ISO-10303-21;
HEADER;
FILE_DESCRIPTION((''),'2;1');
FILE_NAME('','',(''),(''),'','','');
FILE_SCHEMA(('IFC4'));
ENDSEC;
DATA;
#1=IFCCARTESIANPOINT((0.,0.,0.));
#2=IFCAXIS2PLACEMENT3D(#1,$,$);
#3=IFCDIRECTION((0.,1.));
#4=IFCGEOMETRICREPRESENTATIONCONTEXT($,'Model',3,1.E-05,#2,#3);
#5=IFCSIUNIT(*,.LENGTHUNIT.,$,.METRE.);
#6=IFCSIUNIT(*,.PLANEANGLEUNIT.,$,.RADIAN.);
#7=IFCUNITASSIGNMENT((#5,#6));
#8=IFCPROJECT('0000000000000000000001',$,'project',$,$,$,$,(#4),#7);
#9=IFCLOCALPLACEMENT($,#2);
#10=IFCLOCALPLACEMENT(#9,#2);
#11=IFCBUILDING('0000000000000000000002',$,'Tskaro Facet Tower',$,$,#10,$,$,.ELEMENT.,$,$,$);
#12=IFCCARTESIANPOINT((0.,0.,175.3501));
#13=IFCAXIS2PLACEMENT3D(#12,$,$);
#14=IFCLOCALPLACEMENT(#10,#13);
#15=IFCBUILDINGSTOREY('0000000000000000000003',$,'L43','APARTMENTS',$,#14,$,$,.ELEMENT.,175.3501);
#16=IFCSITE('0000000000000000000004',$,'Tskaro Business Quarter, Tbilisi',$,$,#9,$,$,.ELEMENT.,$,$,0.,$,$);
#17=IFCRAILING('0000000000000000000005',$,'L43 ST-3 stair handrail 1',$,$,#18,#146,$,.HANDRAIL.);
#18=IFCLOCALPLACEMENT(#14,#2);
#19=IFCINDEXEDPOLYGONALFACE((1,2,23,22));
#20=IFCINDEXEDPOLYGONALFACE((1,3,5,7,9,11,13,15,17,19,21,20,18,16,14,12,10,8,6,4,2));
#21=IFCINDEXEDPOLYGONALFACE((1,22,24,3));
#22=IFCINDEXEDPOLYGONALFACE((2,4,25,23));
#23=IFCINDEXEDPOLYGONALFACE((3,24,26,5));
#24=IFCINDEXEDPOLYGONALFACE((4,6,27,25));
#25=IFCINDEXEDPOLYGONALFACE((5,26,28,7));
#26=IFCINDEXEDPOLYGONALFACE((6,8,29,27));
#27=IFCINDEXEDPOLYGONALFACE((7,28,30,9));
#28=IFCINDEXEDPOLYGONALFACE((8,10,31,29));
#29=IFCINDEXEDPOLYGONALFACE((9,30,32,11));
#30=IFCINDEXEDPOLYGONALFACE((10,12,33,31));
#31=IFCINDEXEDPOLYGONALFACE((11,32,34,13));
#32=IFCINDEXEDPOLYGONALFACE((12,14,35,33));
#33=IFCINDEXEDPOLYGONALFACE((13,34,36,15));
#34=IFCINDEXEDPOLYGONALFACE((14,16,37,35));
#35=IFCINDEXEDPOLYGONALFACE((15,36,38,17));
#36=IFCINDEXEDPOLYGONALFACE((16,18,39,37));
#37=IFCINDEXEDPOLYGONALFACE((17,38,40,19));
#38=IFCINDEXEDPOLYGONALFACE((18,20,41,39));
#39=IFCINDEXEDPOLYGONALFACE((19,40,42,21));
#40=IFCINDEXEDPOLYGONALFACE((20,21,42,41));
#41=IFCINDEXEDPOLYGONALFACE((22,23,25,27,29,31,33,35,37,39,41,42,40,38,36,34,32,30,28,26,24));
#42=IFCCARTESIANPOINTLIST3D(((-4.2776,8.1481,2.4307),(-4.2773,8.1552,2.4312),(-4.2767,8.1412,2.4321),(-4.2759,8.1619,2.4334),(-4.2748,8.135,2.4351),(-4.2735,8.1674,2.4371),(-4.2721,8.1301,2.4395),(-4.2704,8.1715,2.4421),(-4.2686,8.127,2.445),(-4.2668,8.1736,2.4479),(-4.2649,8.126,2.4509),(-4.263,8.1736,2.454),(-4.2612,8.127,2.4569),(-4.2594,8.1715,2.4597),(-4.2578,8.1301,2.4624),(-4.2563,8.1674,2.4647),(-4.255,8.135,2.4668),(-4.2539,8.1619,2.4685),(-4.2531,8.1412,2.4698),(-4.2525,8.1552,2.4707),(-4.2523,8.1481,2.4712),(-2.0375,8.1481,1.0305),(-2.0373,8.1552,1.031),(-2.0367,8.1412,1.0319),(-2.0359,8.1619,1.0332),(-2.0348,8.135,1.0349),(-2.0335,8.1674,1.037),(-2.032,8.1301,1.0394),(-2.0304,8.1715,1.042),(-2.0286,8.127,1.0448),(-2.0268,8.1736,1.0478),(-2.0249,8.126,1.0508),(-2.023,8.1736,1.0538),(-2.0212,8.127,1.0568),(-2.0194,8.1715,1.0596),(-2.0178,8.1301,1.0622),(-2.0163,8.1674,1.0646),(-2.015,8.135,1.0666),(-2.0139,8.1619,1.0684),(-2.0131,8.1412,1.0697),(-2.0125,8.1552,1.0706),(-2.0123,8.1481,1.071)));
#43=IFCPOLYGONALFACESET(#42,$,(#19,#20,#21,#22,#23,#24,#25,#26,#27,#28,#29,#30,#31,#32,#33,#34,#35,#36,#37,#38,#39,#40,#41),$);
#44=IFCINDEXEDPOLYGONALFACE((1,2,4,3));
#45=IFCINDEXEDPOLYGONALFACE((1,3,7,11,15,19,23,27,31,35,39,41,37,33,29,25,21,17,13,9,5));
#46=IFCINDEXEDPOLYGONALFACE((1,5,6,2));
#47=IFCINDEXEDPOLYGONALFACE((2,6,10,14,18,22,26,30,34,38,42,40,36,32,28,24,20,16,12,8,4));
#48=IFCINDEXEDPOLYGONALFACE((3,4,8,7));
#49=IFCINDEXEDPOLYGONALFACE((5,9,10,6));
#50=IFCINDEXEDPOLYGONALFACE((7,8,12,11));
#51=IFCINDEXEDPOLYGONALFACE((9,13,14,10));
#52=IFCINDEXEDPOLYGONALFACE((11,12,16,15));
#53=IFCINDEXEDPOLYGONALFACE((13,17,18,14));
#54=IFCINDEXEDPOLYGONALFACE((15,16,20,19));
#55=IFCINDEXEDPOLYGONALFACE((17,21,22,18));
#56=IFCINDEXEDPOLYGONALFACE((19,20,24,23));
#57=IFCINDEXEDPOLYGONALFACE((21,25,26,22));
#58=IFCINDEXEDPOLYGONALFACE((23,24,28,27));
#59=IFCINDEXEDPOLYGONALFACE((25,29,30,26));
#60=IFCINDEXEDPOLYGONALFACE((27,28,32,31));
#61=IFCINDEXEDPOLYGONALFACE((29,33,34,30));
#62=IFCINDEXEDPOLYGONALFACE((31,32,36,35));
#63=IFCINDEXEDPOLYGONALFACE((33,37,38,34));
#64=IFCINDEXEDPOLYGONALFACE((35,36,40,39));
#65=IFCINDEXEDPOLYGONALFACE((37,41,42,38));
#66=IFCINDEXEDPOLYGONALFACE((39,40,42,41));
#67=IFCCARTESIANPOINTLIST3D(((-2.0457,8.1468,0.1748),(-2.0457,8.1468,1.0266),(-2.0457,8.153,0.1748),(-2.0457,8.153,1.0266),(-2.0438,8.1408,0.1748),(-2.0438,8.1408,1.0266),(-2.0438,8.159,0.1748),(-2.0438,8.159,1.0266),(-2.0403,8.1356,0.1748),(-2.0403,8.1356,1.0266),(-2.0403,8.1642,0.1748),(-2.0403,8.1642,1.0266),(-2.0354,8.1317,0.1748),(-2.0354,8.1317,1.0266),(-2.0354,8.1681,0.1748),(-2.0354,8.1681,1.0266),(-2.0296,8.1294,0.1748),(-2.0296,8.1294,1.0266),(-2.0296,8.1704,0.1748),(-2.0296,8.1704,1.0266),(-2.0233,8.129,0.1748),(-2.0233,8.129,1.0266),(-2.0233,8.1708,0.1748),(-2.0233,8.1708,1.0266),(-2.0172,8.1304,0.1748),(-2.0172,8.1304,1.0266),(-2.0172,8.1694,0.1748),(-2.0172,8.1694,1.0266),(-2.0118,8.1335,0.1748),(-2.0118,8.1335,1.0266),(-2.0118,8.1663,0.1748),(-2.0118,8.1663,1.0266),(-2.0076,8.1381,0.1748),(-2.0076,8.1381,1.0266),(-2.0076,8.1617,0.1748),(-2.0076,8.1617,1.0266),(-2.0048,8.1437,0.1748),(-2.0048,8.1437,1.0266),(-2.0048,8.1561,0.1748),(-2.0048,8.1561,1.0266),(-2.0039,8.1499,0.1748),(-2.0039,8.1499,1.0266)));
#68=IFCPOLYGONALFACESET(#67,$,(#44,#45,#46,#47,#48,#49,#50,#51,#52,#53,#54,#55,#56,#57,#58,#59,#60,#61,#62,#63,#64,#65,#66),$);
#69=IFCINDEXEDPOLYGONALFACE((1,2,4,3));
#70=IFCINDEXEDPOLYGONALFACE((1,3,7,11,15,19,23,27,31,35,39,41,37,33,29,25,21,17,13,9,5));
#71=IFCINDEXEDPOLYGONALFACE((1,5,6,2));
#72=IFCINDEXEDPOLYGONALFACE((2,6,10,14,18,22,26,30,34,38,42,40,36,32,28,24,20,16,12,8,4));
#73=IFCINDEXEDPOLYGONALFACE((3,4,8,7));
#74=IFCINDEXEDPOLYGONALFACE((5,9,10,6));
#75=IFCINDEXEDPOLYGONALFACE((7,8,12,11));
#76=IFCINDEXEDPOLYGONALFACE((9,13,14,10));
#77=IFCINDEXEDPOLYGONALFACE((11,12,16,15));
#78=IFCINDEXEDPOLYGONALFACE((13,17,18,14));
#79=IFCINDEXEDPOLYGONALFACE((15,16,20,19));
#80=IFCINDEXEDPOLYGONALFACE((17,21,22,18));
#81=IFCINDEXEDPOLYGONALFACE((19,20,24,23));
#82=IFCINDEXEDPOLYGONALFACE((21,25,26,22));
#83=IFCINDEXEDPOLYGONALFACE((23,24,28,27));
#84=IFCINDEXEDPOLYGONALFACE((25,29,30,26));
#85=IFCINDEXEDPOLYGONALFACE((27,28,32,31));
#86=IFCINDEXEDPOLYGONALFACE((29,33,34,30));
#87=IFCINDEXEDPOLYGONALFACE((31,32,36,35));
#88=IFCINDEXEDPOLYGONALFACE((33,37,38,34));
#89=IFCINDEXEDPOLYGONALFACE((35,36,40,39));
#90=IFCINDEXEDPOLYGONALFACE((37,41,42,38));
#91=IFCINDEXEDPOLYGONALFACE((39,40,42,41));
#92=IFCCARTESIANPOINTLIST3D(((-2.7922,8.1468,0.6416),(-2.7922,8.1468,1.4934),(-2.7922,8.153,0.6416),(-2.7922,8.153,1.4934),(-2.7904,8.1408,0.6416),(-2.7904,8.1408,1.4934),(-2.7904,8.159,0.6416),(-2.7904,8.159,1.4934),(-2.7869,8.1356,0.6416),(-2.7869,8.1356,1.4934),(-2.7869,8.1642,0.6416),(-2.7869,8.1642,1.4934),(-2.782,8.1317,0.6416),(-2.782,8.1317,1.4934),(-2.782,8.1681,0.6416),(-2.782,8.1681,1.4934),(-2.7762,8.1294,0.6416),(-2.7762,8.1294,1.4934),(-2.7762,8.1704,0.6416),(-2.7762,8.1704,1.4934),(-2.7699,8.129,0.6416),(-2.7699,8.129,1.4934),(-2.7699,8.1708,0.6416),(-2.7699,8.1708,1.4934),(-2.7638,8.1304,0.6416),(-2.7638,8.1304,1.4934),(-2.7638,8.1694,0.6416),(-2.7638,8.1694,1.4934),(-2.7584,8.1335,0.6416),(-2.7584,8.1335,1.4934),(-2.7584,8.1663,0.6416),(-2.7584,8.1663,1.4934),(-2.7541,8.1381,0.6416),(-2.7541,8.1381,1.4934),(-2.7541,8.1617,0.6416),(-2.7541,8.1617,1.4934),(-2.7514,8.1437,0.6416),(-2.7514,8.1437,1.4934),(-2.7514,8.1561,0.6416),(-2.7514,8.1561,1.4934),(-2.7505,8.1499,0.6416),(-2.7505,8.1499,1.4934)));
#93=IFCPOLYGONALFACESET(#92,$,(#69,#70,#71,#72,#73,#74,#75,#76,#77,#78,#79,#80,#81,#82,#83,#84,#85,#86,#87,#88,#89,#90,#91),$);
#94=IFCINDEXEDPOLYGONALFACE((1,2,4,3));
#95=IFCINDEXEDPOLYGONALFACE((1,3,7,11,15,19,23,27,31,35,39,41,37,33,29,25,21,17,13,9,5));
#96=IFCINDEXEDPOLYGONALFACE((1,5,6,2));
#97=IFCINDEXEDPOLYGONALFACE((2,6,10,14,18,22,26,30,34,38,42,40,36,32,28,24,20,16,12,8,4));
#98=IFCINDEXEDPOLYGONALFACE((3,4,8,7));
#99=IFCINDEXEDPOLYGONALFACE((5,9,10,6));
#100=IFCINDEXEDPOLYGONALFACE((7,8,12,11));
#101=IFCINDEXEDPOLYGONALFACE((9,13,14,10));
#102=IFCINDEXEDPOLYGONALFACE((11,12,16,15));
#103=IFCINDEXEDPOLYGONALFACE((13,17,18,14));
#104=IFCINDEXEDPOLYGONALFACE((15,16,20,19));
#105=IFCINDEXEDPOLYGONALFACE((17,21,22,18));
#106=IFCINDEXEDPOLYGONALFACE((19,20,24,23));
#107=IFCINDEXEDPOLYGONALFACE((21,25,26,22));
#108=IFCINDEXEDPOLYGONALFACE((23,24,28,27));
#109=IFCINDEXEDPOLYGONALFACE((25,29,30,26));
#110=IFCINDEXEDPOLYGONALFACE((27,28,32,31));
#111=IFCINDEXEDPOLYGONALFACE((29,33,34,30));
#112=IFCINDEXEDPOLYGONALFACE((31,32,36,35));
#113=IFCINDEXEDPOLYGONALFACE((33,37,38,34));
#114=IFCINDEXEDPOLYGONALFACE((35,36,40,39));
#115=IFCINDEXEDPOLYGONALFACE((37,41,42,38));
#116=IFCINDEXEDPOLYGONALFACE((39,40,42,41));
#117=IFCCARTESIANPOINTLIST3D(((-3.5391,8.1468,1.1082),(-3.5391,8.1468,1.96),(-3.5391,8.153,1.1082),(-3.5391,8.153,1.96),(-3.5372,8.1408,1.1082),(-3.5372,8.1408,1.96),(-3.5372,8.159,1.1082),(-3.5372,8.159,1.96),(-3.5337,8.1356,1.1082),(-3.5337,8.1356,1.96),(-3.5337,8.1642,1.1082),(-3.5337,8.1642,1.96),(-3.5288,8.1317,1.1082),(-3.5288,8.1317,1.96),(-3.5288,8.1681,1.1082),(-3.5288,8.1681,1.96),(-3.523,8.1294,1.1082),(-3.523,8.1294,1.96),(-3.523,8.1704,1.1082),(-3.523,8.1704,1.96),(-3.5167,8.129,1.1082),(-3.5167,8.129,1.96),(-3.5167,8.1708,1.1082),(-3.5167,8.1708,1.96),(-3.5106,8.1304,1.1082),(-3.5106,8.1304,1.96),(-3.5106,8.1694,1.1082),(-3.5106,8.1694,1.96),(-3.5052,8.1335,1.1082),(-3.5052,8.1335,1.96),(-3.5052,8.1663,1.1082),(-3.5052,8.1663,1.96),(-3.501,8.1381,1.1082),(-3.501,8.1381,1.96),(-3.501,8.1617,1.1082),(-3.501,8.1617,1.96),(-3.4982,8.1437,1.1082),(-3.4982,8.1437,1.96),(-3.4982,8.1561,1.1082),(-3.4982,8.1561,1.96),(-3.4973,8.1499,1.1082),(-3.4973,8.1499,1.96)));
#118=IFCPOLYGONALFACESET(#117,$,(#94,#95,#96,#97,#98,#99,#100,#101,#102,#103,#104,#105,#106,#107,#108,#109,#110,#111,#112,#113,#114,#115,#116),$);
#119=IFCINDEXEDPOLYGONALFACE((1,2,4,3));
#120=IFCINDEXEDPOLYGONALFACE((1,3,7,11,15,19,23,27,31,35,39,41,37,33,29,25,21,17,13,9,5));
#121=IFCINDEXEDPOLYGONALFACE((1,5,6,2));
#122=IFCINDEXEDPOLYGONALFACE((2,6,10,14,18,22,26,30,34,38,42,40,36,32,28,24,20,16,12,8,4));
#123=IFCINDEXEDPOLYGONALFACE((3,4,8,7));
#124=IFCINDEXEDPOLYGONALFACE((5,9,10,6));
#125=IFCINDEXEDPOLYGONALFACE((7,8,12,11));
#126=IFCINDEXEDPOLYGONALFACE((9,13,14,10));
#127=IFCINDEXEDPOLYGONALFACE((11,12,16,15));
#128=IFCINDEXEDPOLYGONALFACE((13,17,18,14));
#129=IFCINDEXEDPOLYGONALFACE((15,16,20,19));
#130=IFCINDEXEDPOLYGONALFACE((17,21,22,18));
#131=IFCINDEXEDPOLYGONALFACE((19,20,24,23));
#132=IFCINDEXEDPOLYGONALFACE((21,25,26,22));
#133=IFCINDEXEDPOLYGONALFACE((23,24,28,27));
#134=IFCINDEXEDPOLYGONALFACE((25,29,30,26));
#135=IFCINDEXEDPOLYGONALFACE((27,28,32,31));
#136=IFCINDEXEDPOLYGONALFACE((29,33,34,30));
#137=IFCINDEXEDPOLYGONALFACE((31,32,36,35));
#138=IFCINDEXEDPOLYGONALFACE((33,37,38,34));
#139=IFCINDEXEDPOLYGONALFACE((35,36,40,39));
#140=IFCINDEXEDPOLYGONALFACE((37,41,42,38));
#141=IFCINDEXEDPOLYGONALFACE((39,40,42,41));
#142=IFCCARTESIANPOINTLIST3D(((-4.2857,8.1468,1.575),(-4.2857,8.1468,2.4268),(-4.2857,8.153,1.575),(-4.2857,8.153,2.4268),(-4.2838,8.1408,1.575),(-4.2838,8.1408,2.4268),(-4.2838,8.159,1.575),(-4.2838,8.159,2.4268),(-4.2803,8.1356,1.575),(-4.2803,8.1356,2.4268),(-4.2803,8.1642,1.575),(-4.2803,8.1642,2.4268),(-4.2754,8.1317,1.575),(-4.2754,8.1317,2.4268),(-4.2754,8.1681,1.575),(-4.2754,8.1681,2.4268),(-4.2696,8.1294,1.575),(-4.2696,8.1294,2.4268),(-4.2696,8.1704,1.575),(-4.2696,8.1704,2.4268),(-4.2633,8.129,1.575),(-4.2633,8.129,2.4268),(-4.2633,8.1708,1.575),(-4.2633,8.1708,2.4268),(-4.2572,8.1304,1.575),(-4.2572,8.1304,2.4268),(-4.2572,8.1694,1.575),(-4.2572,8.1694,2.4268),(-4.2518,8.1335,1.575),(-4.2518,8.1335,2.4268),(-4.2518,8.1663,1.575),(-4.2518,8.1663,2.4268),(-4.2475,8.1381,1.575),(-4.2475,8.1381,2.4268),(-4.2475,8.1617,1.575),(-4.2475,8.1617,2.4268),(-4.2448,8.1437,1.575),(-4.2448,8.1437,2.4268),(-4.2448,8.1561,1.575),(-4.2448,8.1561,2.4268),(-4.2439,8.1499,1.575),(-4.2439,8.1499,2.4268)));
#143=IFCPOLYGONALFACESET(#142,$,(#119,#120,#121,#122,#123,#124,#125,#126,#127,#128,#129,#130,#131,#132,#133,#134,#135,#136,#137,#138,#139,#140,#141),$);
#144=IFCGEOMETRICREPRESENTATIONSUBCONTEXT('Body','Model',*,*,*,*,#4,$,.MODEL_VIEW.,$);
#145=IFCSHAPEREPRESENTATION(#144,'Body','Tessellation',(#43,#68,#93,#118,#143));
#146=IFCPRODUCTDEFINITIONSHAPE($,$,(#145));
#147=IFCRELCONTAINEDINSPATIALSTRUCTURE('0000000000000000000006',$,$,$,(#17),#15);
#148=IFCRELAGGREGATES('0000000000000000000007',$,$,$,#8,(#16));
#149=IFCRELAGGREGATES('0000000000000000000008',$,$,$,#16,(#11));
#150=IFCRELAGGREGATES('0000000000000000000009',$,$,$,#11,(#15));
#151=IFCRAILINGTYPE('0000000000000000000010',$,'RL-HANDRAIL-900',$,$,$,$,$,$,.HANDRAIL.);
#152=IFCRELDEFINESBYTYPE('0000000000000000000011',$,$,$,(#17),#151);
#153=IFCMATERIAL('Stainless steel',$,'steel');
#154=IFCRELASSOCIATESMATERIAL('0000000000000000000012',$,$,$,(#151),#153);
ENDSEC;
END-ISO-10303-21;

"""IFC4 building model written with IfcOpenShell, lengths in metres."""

from ifc_helpers import new_model, si_unit, direction, frame, origin, origin_2d, place, context, subcontext, project, spatial, circle, extrude, material, type_object, element, save


model = new_model("IFC4")

# Units and contexts
model_context = context("Model", 3, precision=1e-05, world=origin(), true_north=direction((0.0, 1.0)))
body_context = subcontext(model_context, "Body", "Model", "MODEL_VIEW")
ifc_project = project(units=[si_unit("LENGTHUNIT", "METRE"), si_unit("PLANEANGLEUNIT", "RADIAN")], contexts=[model_context])

# Site, building, storey
site_placement = place(None, origin())
site = spatial("IfcSite", under=ifc_project, at=site_placement, Name="Tskaro Business Quarter, Tbilisi", CompositionType="ELEMENT", RefElevation=0.0)
building_placement = place(site_placement, origin())
building = spatial("IfcBuilding", under=site, at=building_placement, Name="Tskaro Facet Tower", CompositionType="ELEMENT")
storey_placement = place(building_placement, frame((0.0, 0.0, 175.3501)))
storey = spatial("IfcBuildingStorey", under=building, at=storey_placement, Name="L43", Description="APARTMENTS", CompositionType="ELEMENT", Elevation=175.3501)

# Railing
ifc_material_1 = material(Name="Stainless steel", Category="steel")
railing_type_1 = type_object("IfcRailingType", Name="RL-HANDRAIL-900", PredefinedType="HANDRAIL", material=ifc_material_1)
railing_1_placement = place(storey_placement, frame((-2.0249, 8.1499, 0.1748)))
element("IfcRailing", 1, at=railing_1_placement, inside=storey, type_object=railing_type_1, Name="L43 ST-3 stair handrail 1", PredefinedType="HANDRAIL", context=body_context, shape_type="SweptSolid", body=[
    extrude(circle(Radius=0.0239, at=origin_2d()), frame((0.0, 0.0, 0.876), z_axis=(-0.847972, 0.0, 0.53004), x_axis=(0.0, -1.0, 0.0)), (0.0, 0.0, 1.0), 2.6416),
    extrude(circle(Radius=0.021, at=origin_2d()), origin(), (0.0, 0.0, 1.0), 0.8518),
    extrude(circle(Radius=0.021, at=origin_2d()), frame((-0.7466, 0.0, 0.4668)), (0.0, 0.0, 1.0), 0.8518),
    extrude(circle(Radius=0.021, at=origin_2d()), frame((-1.4934, 0.0, 0.9333)), (0.0, 0.0, 1.0), 0.8518),
    extrude(circle(Radius=0.021, at=origin_2d()), frame((-2.24, 0.0, 1.4001)), (0.0, 0.0, 1.0), 0.8518),
])

save(model, "model.ifc")
